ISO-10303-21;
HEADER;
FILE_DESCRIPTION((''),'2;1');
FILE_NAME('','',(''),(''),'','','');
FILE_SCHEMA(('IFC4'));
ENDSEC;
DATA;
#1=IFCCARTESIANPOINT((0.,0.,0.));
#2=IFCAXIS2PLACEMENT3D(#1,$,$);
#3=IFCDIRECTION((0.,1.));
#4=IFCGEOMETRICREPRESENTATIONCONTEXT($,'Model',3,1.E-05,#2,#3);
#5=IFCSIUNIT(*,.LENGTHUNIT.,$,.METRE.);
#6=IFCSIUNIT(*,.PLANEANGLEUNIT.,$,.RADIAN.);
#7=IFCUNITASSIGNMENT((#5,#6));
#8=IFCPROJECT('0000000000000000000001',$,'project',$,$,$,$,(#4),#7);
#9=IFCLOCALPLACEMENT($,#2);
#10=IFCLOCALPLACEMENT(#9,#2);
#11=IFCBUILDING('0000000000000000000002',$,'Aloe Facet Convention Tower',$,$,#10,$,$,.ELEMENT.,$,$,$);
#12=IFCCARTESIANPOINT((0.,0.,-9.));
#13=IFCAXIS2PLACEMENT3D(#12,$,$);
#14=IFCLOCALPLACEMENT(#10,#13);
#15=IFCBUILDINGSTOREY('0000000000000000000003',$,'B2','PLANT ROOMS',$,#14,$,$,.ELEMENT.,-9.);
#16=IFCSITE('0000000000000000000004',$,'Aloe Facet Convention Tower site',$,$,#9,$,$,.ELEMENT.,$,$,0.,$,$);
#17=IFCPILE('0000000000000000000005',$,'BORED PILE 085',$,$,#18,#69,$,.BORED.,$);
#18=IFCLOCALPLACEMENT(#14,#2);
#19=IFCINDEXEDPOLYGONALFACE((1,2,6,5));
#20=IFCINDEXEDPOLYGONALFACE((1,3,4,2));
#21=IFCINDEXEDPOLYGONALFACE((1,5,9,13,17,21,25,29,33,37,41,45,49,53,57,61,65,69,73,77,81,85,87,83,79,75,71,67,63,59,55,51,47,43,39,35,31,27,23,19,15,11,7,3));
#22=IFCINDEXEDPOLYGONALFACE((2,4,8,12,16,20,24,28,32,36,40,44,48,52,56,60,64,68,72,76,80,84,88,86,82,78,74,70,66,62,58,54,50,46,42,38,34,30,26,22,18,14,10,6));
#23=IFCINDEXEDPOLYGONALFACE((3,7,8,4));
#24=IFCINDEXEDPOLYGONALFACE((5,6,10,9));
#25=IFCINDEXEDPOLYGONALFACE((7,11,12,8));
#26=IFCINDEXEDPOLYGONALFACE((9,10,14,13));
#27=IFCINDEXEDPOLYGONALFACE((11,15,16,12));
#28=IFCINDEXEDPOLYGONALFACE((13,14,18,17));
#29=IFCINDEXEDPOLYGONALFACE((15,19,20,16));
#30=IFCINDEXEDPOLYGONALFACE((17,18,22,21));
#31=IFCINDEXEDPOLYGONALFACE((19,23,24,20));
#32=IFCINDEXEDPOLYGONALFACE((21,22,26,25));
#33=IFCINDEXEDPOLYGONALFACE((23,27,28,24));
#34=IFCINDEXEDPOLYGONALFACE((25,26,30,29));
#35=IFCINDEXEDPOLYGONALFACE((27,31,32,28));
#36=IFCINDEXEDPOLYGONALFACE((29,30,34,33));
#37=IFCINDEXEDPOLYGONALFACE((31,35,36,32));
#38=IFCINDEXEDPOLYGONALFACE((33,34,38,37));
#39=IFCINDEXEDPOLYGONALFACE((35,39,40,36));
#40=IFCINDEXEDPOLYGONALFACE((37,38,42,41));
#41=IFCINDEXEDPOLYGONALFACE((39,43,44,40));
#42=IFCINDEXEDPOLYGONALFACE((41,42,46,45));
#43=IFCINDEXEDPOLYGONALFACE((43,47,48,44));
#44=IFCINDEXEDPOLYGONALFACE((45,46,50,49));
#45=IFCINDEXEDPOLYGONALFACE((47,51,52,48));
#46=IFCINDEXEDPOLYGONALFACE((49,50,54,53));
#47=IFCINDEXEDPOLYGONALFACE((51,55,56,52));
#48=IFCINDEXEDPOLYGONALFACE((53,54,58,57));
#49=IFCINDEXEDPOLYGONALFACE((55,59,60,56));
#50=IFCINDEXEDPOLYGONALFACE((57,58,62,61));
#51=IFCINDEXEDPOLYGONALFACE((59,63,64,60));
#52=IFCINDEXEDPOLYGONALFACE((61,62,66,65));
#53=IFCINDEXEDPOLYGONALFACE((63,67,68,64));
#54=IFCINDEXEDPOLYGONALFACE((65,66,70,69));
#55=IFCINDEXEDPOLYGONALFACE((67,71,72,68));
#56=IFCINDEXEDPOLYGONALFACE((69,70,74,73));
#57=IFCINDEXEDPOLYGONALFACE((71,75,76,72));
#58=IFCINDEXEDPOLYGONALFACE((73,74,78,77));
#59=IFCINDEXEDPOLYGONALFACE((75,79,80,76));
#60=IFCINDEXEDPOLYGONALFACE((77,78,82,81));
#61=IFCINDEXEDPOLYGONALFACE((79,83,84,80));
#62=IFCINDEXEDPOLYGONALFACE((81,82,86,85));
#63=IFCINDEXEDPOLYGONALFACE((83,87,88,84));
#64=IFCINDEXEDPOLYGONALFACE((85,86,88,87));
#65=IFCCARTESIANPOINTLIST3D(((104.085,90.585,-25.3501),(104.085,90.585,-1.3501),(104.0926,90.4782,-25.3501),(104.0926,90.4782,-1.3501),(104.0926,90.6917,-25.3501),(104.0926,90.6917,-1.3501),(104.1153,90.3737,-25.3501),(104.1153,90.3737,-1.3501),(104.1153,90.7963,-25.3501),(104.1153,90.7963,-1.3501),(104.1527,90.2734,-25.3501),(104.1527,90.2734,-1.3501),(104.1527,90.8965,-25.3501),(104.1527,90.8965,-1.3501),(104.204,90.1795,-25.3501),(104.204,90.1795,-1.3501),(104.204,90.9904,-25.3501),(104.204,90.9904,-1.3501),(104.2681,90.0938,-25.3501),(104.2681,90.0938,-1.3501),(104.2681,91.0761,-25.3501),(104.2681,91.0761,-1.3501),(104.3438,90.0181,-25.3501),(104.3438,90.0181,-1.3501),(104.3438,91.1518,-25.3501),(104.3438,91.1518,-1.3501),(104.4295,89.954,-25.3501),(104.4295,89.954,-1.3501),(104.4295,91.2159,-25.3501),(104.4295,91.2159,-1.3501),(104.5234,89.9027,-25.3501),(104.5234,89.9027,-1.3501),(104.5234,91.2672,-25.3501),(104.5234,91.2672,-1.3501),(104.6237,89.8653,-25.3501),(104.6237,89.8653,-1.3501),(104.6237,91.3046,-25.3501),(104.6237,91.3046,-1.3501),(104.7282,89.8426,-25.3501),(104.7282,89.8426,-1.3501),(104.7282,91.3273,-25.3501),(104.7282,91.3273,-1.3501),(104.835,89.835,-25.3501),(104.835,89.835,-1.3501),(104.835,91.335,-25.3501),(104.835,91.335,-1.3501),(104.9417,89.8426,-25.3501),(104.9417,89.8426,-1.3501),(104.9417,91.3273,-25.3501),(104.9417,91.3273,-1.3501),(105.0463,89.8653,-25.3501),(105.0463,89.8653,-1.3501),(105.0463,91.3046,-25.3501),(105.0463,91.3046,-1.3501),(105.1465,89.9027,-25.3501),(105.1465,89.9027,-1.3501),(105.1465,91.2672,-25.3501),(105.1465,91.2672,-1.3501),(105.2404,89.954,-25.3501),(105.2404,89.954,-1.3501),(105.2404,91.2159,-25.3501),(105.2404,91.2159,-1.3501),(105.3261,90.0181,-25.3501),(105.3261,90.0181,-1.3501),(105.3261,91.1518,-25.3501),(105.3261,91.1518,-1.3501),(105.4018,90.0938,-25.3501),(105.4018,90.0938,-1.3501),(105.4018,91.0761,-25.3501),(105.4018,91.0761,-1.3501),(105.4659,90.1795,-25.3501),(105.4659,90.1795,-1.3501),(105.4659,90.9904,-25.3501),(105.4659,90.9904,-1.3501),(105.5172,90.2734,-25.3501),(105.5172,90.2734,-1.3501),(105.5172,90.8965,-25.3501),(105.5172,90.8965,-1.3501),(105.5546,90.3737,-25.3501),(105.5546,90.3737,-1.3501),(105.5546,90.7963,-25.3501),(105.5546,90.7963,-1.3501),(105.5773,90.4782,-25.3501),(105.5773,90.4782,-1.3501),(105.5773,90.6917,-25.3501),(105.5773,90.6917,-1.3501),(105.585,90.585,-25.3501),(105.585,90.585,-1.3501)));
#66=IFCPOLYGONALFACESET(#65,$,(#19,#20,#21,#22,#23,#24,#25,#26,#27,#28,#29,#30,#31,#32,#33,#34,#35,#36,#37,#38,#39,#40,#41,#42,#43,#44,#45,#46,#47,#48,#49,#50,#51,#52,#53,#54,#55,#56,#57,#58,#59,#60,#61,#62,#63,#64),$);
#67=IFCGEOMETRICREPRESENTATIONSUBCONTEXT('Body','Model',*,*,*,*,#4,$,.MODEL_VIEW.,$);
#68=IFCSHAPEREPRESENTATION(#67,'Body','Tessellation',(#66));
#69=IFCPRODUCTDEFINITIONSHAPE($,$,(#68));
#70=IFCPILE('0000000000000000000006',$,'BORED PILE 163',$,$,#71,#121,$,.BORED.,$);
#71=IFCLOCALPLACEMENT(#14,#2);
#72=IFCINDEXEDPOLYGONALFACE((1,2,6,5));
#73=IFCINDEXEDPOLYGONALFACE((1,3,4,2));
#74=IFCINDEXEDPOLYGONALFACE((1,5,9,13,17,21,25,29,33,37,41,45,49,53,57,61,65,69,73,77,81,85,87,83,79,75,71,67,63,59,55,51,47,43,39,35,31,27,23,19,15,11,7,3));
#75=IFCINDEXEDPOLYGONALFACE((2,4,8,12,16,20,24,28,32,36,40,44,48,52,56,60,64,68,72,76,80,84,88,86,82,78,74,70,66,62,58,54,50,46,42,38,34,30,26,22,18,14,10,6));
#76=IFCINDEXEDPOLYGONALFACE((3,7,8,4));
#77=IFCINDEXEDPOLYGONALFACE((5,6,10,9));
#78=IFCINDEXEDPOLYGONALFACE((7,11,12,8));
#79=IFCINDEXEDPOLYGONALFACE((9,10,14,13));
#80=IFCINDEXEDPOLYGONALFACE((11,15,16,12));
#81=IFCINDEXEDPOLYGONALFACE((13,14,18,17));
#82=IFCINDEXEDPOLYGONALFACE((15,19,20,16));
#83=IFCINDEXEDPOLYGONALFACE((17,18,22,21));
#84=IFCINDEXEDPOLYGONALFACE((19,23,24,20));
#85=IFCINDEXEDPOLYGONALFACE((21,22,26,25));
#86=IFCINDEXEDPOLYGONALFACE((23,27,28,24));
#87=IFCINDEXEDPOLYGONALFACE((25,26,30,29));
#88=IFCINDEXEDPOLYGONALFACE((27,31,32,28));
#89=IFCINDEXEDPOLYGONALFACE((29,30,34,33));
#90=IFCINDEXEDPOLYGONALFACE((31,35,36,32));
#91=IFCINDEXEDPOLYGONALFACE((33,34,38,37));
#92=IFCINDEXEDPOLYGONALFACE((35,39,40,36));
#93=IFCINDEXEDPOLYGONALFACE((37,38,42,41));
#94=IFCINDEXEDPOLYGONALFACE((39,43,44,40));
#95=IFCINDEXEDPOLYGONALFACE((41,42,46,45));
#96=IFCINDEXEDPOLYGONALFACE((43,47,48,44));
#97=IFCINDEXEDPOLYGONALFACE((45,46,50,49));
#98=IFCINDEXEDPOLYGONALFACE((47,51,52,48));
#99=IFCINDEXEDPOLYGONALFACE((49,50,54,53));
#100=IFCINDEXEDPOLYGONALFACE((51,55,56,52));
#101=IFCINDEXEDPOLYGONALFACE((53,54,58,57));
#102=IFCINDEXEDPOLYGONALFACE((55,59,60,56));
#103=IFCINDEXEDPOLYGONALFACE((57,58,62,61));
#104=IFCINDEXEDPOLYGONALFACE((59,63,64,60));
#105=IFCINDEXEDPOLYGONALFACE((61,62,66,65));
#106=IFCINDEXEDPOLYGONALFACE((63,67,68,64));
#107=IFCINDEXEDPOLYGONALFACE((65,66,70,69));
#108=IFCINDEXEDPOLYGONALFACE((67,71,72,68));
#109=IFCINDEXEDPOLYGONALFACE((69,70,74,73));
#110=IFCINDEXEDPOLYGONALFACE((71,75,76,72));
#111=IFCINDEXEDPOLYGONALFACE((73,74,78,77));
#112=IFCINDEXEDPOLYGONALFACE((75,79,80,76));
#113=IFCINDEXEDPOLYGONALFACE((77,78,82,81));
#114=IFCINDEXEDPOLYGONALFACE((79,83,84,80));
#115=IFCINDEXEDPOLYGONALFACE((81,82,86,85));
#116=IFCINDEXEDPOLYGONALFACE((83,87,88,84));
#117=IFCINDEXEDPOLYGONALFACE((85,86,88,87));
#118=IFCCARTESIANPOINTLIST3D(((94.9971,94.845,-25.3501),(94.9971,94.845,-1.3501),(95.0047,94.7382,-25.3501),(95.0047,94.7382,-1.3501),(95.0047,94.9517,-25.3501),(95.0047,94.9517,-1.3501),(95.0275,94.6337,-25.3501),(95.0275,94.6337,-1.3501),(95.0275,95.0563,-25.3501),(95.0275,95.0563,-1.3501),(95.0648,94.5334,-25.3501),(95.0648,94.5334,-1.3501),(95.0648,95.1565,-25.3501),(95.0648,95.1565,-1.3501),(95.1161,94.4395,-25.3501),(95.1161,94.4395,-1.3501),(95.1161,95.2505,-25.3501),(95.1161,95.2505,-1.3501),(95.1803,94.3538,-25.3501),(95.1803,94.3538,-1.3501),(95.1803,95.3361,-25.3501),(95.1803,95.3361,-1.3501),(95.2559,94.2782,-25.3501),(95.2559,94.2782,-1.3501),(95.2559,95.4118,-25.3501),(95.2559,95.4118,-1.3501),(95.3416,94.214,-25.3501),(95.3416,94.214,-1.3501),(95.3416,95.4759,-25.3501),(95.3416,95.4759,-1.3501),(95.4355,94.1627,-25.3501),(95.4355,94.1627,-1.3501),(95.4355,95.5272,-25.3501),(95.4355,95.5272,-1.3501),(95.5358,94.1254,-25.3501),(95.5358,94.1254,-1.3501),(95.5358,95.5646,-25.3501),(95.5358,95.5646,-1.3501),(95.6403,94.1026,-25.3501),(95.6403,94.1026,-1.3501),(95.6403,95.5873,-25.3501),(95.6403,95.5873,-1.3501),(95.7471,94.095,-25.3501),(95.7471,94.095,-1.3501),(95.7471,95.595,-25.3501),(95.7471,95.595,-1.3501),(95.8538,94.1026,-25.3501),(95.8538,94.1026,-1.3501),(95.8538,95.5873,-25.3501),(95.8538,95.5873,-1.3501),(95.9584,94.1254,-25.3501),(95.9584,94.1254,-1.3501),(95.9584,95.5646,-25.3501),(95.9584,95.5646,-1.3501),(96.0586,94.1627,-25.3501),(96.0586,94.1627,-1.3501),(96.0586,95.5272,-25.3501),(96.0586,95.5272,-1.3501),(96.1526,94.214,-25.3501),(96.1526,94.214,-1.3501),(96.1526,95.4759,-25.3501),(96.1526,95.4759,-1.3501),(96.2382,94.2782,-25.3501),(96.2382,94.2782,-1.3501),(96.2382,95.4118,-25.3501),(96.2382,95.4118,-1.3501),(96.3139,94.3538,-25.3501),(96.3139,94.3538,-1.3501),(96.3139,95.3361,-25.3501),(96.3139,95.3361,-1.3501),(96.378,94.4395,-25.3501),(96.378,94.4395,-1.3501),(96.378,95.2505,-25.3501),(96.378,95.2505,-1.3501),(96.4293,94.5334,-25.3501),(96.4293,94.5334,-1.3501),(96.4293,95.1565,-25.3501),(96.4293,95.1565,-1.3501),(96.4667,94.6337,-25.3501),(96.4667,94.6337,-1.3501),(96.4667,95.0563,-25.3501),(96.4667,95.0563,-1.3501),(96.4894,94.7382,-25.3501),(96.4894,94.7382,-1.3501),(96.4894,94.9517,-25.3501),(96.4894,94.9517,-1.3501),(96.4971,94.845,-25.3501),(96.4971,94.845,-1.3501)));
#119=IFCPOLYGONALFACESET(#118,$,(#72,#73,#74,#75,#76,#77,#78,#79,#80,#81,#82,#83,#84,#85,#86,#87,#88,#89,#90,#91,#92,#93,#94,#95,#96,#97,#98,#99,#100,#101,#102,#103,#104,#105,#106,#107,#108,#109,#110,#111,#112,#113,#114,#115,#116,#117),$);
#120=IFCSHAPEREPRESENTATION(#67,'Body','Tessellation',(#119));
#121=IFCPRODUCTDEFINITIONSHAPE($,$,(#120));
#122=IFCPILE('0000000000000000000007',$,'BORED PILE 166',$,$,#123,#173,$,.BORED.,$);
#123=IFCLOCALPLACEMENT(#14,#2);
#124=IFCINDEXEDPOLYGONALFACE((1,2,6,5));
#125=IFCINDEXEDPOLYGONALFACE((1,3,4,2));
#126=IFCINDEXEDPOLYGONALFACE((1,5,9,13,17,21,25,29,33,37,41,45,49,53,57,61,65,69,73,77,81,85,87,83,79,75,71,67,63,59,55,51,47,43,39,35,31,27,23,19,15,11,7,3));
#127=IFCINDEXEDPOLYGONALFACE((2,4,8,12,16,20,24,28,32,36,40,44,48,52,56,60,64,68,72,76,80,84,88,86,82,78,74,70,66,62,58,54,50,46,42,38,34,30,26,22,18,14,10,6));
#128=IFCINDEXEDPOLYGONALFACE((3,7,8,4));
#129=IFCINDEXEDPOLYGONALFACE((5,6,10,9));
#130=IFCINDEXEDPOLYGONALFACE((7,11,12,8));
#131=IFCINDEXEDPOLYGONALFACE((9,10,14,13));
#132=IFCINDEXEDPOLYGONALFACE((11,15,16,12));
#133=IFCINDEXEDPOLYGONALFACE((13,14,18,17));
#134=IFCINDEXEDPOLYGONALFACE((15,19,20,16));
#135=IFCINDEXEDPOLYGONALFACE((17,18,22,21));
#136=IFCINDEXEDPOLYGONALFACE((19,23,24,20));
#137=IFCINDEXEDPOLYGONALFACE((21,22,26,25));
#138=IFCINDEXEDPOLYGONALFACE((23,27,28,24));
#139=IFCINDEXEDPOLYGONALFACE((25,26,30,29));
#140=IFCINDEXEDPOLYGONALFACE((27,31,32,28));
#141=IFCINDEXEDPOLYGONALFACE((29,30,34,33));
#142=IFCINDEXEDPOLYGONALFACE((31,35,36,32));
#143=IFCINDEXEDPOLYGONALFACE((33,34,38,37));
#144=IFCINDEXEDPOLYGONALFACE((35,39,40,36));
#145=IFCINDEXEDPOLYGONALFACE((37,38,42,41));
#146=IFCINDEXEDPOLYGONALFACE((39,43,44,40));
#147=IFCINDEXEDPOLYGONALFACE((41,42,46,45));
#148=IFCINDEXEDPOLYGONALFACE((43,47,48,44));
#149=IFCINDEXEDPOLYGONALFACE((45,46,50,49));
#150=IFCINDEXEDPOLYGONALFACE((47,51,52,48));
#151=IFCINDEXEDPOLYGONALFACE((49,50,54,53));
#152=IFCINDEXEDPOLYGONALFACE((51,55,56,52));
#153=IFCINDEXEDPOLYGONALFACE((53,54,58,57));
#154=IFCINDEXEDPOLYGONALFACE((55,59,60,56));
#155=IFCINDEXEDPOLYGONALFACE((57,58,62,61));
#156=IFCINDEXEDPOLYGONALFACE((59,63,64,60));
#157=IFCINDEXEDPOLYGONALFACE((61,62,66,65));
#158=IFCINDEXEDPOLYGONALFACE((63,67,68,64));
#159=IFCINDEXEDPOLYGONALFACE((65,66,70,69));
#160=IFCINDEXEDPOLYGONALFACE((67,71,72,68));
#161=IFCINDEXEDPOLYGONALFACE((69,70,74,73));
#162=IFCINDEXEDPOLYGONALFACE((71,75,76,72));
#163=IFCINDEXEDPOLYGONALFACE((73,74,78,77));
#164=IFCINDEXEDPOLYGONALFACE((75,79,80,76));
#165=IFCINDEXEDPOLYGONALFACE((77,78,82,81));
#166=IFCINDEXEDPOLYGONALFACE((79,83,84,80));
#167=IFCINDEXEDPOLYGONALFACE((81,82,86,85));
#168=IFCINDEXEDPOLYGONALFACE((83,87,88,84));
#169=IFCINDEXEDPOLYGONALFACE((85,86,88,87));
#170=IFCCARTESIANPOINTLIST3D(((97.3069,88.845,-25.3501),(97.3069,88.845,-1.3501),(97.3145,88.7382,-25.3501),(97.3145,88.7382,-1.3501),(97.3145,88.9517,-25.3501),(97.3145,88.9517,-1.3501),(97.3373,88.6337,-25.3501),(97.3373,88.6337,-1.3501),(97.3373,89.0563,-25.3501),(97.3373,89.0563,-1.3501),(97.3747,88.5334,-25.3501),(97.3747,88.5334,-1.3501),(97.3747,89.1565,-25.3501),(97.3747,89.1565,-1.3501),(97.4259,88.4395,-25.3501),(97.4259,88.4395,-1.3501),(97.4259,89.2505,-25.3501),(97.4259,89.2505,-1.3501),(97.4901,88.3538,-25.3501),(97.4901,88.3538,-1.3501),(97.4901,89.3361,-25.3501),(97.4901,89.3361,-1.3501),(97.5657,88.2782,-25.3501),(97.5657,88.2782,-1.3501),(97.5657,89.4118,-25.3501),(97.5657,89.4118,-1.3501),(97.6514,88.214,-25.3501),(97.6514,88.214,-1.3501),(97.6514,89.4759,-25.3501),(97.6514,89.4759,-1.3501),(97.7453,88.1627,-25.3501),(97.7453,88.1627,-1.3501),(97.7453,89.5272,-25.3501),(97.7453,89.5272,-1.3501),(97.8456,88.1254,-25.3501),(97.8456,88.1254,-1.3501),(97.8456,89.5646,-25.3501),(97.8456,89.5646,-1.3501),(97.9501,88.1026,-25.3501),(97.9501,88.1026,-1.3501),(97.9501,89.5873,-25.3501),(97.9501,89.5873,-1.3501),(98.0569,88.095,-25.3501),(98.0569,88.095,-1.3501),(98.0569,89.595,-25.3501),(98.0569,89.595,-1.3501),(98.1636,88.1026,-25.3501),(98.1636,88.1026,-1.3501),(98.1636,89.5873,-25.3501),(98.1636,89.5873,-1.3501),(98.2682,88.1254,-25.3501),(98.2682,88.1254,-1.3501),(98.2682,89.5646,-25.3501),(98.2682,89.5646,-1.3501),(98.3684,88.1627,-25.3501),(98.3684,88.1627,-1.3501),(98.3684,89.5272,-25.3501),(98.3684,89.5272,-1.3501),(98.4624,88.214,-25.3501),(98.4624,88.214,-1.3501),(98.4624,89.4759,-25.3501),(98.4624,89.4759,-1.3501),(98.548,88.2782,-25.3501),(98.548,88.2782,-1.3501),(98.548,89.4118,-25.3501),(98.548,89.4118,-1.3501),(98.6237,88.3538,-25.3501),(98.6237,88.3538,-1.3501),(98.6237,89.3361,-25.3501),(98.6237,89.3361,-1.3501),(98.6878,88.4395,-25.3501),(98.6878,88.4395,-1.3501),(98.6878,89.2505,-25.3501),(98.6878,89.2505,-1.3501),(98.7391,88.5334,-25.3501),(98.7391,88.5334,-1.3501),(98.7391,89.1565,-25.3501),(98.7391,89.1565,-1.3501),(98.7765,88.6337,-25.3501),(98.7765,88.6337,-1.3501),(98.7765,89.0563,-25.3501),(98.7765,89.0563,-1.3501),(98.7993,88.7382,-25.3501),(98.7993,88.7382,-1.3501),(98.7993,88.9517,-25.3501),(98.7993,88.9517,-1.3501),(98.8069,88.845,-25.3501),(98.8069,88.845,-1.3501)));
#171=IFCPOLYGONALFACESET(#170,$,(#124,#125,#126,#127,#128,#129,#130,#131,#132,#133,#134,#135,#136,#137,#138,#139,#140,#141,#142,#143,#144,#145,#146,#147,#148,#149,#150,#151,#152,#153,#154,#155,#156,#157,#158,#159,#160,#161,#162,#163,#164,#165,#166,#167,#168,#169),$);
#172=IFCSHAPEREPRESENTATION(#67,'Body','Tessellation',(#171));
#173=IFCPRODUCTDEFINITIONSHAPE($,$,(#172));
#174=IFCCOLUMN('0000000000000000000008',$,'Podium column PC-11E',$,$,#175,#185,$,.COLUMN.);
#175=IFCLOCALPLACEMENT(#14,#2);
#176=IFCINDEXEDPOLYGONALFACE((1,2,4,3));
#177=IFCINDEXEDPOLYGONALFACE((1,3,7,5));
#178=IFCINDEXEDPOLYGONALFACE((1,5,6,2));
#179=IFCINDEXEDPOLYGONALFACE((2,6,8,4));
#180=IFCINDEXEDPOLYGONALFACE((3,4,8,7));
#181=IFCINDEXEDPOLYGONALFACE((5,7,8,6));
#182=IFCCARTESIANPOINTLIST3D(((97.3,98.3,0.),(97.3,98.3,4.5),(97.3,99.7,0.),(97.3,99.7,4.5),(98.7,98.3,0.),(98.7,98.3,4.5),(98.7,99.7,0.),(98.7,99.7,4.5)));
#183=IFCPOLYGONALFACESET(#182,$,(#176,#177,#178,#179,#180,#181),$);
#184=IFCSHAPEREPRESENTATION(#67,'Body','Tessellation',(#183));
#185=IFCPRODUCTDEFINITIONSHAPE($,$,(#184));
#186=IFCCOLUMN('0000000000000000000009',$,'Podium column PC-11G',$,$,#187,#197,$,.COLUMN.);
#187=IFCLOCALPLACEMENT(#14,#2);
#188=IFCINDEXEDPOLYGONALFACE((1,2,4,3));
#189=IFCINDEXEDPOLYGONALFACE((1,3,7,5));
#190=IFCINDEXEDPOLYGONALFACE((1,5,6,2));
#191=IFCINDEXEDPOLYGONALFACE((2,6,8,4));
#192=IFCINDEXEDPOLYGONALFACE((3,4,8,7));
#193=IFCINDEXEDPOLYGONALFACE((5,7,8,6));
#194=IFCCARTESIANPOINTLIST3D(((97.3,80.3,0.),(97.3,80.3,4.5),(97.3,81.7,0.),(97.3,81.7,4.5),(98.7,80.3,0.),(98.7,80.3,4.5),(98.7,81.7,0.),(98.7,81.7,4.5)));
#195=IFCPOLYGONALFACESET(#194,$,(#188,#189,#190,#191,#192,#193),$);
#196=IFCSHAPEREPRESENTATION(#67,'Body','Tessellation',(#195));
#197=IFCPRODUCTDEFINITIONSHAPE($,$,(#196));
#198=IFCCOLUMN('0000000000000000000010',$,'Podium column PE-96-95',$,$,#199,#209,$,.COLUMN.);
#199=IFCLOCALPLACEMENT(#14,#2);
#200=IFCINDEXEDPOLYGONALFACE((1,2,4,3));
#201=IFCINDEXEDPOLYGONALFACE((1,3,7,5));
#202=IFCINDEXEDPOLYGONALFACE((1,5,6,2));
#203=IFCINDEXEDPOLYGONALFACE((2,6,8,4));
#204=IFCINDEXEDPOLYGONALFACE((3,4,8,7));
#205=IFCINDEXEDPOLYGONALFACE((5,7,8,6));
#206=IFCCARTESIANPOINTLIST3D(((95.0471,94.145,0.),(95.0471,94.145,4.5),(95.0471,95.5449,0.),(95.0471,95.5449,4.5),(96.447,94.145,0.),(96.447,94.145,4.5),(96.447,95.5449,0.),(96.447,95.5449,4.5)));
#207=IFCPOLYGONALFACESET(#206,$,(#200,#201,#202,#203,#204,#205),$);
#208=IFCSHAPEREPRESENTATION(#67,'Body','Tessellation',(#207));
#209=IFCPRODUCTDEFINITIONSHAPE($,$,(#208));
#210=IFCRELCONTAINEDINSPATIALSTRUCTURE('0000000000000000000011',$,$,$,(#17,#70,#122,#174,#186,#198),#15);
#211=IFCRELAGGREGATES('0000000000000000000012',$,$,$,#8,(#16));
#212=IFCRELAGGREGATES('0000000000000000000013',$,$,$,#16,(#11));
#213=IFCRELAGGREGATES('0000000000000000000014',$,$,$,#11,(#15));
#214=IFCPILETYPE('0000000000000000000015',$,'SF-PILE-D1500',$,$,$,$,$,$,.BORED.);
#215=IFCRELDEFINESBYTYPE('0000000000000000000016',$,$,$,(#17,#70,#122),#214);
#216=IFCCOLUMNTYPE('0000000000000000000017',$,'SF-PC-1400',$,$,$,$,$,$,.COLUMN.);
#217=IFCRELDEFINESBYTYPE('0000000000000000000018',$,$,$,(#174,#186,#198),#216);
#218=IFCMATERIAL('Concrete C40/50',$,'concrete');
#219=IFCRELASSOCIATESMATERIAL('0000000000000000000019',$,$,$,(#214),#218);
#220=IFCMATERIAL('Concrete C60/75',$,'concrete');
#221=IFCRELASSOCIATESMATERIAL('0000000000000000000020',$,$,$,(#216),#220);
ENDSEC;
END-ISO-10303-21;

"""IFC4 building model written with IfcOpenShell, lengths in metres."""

from ifc_helpers import new_model, si_unit, direction, frame, origin, origin_2d, place, context, subcontext, project, spatial, rectangle, circle, extrude, material, material_profile, profile_set, type_object, element, save


model = new_model("IFC4")

# Units and contexts
model_context = context("Model", 3, precision=1e-05, world=origin(), true_north=direction((0.0, 1.0)))
body_context = subcontext(model_context, "Body", "Model", "MODEL_VIEW")
ifc_project = project(units=[si_unit("LENGTHUNIT", "METRE"), si_unit("PLANEANGLEUNIT", "RADIAN")], contexts=[model_context])

# Site, building, storey
site_placement = place(None, origin())
site = spatial("IfcSite", under=ifc_project, at=site_placement, Name="Aloe Facet Convention Tower site", CompositionType="ELEMENT", RefElevation=0.0)
building_placement = place(site_placement, origin())
building = spatial("IfcBuilding", under=site, at=building_placement, Name="Aloe Facet Convention Tower", CompositionType="ELEMENT")
storey_placement = place(building_placement, frame((0.0, 0.0, -9.0)))
storey = spatial("IfcBuildingStorey", under=building, at=storey_placement, Name="B2", Description="PLANT ROOMS", CompositionType="ELEMENT", Elevation=-9.0)

# Piles
ifc_material_1 = material(Name="Concrete C40/50", Category="concrete")
ifc_material_profile_1 = material_profile(ifc_material_1, circle(Radius=0.75, at=origin_2d()), Name="D1500")
ifc_profile_set_1 = profile_set([ifc_material_profile_1], Name="Concrete C40/50")
pile_type = type_object("IfcPileType", Name="SF-PILE-D1500", PredefinedType="BORED", material=ifc_profile_set_1)
for number, where, z_axis, x_axis, name in (
    (1, (104.835, 90.585, -1.3501), (0.0, 0.0, -1.0), (1.0, 0.0, 0.0), "BORED PILE 085"),
    (2, (95.7471, 94.845, -1.3501), (0.0, 0.0, -1.0), (1.0, 0.0, 0.0), "BORED PILE 163"),
    (3, (98.0569, 88.845, -1.3501), (0.0, 0.0, -1.0), (1.0, 0.0, 0.0), "BORED PILE 166"),
):
    element("IfcPile", number, at=place(storey_placement, frame(where, z_axis=z_axis, x_axis=x_axis)), inside=storey, type_object=pile_type, Name=name, PredefinedType="BORED", context=body_context, shape_type="SweptSolid", body=[
        extrude(circle(Radius=0.75, at=origin_2d()), origin(), (0.0, 0.0, 1.0), 24.0),
    ])

# Columns
ifc_material_2 = material(Name="Concrete C60/75", Category="concrete")
ifc_material_profile_2 = material_profile(ifc_material_2, rectangle(XDim=1.3999, YDim=1.3999, at=origin_2d()), Name="SF-PC-1400")
ifc_profile_set_2 = profile_set([ifc_material_profile_2], Name="Concrete C60/75")
column_type = type_object("IfcColumnType", Name="SF-PC-1400", PredefinedType="COLUMN", material=ifc_profile_set_2)
for number, where, z_axis, x_axis, name in (
    (4, (98.0, 99.0, 0.0), (0.0, 0.0, 1.0), (1.0, 0.0, 0.0), "Podium column PC-11E"),
    (5, (98.0, 81.0, 0.0), (0.0, 0.0, 1.0), (1.0, 0.0, 0.0), "Podium column PC-11G"),
    (6, (95.7471, 94.845, 0.0), (0.0, 0.0, 1.0), (1.0, 0.0, 0.0), "Podium column PE-96-95"),
):
    element("IfcColumn", number, at=place(storey_placement, frame(where, z_axis=z_axis, x_axis=x_axis)), inside=storey, type_object=column_type, Name=name, PredefinedType="COLUMN", context=body_context, shape_type="SweptSolid", body=[
        extrude(rectangle(XDim=1.3999, YDim=1.3999, at=origin_2d()), origin(), (0.0, 0.0, 1.0), 4.5),
    ])

save(model, "model.ifc")
